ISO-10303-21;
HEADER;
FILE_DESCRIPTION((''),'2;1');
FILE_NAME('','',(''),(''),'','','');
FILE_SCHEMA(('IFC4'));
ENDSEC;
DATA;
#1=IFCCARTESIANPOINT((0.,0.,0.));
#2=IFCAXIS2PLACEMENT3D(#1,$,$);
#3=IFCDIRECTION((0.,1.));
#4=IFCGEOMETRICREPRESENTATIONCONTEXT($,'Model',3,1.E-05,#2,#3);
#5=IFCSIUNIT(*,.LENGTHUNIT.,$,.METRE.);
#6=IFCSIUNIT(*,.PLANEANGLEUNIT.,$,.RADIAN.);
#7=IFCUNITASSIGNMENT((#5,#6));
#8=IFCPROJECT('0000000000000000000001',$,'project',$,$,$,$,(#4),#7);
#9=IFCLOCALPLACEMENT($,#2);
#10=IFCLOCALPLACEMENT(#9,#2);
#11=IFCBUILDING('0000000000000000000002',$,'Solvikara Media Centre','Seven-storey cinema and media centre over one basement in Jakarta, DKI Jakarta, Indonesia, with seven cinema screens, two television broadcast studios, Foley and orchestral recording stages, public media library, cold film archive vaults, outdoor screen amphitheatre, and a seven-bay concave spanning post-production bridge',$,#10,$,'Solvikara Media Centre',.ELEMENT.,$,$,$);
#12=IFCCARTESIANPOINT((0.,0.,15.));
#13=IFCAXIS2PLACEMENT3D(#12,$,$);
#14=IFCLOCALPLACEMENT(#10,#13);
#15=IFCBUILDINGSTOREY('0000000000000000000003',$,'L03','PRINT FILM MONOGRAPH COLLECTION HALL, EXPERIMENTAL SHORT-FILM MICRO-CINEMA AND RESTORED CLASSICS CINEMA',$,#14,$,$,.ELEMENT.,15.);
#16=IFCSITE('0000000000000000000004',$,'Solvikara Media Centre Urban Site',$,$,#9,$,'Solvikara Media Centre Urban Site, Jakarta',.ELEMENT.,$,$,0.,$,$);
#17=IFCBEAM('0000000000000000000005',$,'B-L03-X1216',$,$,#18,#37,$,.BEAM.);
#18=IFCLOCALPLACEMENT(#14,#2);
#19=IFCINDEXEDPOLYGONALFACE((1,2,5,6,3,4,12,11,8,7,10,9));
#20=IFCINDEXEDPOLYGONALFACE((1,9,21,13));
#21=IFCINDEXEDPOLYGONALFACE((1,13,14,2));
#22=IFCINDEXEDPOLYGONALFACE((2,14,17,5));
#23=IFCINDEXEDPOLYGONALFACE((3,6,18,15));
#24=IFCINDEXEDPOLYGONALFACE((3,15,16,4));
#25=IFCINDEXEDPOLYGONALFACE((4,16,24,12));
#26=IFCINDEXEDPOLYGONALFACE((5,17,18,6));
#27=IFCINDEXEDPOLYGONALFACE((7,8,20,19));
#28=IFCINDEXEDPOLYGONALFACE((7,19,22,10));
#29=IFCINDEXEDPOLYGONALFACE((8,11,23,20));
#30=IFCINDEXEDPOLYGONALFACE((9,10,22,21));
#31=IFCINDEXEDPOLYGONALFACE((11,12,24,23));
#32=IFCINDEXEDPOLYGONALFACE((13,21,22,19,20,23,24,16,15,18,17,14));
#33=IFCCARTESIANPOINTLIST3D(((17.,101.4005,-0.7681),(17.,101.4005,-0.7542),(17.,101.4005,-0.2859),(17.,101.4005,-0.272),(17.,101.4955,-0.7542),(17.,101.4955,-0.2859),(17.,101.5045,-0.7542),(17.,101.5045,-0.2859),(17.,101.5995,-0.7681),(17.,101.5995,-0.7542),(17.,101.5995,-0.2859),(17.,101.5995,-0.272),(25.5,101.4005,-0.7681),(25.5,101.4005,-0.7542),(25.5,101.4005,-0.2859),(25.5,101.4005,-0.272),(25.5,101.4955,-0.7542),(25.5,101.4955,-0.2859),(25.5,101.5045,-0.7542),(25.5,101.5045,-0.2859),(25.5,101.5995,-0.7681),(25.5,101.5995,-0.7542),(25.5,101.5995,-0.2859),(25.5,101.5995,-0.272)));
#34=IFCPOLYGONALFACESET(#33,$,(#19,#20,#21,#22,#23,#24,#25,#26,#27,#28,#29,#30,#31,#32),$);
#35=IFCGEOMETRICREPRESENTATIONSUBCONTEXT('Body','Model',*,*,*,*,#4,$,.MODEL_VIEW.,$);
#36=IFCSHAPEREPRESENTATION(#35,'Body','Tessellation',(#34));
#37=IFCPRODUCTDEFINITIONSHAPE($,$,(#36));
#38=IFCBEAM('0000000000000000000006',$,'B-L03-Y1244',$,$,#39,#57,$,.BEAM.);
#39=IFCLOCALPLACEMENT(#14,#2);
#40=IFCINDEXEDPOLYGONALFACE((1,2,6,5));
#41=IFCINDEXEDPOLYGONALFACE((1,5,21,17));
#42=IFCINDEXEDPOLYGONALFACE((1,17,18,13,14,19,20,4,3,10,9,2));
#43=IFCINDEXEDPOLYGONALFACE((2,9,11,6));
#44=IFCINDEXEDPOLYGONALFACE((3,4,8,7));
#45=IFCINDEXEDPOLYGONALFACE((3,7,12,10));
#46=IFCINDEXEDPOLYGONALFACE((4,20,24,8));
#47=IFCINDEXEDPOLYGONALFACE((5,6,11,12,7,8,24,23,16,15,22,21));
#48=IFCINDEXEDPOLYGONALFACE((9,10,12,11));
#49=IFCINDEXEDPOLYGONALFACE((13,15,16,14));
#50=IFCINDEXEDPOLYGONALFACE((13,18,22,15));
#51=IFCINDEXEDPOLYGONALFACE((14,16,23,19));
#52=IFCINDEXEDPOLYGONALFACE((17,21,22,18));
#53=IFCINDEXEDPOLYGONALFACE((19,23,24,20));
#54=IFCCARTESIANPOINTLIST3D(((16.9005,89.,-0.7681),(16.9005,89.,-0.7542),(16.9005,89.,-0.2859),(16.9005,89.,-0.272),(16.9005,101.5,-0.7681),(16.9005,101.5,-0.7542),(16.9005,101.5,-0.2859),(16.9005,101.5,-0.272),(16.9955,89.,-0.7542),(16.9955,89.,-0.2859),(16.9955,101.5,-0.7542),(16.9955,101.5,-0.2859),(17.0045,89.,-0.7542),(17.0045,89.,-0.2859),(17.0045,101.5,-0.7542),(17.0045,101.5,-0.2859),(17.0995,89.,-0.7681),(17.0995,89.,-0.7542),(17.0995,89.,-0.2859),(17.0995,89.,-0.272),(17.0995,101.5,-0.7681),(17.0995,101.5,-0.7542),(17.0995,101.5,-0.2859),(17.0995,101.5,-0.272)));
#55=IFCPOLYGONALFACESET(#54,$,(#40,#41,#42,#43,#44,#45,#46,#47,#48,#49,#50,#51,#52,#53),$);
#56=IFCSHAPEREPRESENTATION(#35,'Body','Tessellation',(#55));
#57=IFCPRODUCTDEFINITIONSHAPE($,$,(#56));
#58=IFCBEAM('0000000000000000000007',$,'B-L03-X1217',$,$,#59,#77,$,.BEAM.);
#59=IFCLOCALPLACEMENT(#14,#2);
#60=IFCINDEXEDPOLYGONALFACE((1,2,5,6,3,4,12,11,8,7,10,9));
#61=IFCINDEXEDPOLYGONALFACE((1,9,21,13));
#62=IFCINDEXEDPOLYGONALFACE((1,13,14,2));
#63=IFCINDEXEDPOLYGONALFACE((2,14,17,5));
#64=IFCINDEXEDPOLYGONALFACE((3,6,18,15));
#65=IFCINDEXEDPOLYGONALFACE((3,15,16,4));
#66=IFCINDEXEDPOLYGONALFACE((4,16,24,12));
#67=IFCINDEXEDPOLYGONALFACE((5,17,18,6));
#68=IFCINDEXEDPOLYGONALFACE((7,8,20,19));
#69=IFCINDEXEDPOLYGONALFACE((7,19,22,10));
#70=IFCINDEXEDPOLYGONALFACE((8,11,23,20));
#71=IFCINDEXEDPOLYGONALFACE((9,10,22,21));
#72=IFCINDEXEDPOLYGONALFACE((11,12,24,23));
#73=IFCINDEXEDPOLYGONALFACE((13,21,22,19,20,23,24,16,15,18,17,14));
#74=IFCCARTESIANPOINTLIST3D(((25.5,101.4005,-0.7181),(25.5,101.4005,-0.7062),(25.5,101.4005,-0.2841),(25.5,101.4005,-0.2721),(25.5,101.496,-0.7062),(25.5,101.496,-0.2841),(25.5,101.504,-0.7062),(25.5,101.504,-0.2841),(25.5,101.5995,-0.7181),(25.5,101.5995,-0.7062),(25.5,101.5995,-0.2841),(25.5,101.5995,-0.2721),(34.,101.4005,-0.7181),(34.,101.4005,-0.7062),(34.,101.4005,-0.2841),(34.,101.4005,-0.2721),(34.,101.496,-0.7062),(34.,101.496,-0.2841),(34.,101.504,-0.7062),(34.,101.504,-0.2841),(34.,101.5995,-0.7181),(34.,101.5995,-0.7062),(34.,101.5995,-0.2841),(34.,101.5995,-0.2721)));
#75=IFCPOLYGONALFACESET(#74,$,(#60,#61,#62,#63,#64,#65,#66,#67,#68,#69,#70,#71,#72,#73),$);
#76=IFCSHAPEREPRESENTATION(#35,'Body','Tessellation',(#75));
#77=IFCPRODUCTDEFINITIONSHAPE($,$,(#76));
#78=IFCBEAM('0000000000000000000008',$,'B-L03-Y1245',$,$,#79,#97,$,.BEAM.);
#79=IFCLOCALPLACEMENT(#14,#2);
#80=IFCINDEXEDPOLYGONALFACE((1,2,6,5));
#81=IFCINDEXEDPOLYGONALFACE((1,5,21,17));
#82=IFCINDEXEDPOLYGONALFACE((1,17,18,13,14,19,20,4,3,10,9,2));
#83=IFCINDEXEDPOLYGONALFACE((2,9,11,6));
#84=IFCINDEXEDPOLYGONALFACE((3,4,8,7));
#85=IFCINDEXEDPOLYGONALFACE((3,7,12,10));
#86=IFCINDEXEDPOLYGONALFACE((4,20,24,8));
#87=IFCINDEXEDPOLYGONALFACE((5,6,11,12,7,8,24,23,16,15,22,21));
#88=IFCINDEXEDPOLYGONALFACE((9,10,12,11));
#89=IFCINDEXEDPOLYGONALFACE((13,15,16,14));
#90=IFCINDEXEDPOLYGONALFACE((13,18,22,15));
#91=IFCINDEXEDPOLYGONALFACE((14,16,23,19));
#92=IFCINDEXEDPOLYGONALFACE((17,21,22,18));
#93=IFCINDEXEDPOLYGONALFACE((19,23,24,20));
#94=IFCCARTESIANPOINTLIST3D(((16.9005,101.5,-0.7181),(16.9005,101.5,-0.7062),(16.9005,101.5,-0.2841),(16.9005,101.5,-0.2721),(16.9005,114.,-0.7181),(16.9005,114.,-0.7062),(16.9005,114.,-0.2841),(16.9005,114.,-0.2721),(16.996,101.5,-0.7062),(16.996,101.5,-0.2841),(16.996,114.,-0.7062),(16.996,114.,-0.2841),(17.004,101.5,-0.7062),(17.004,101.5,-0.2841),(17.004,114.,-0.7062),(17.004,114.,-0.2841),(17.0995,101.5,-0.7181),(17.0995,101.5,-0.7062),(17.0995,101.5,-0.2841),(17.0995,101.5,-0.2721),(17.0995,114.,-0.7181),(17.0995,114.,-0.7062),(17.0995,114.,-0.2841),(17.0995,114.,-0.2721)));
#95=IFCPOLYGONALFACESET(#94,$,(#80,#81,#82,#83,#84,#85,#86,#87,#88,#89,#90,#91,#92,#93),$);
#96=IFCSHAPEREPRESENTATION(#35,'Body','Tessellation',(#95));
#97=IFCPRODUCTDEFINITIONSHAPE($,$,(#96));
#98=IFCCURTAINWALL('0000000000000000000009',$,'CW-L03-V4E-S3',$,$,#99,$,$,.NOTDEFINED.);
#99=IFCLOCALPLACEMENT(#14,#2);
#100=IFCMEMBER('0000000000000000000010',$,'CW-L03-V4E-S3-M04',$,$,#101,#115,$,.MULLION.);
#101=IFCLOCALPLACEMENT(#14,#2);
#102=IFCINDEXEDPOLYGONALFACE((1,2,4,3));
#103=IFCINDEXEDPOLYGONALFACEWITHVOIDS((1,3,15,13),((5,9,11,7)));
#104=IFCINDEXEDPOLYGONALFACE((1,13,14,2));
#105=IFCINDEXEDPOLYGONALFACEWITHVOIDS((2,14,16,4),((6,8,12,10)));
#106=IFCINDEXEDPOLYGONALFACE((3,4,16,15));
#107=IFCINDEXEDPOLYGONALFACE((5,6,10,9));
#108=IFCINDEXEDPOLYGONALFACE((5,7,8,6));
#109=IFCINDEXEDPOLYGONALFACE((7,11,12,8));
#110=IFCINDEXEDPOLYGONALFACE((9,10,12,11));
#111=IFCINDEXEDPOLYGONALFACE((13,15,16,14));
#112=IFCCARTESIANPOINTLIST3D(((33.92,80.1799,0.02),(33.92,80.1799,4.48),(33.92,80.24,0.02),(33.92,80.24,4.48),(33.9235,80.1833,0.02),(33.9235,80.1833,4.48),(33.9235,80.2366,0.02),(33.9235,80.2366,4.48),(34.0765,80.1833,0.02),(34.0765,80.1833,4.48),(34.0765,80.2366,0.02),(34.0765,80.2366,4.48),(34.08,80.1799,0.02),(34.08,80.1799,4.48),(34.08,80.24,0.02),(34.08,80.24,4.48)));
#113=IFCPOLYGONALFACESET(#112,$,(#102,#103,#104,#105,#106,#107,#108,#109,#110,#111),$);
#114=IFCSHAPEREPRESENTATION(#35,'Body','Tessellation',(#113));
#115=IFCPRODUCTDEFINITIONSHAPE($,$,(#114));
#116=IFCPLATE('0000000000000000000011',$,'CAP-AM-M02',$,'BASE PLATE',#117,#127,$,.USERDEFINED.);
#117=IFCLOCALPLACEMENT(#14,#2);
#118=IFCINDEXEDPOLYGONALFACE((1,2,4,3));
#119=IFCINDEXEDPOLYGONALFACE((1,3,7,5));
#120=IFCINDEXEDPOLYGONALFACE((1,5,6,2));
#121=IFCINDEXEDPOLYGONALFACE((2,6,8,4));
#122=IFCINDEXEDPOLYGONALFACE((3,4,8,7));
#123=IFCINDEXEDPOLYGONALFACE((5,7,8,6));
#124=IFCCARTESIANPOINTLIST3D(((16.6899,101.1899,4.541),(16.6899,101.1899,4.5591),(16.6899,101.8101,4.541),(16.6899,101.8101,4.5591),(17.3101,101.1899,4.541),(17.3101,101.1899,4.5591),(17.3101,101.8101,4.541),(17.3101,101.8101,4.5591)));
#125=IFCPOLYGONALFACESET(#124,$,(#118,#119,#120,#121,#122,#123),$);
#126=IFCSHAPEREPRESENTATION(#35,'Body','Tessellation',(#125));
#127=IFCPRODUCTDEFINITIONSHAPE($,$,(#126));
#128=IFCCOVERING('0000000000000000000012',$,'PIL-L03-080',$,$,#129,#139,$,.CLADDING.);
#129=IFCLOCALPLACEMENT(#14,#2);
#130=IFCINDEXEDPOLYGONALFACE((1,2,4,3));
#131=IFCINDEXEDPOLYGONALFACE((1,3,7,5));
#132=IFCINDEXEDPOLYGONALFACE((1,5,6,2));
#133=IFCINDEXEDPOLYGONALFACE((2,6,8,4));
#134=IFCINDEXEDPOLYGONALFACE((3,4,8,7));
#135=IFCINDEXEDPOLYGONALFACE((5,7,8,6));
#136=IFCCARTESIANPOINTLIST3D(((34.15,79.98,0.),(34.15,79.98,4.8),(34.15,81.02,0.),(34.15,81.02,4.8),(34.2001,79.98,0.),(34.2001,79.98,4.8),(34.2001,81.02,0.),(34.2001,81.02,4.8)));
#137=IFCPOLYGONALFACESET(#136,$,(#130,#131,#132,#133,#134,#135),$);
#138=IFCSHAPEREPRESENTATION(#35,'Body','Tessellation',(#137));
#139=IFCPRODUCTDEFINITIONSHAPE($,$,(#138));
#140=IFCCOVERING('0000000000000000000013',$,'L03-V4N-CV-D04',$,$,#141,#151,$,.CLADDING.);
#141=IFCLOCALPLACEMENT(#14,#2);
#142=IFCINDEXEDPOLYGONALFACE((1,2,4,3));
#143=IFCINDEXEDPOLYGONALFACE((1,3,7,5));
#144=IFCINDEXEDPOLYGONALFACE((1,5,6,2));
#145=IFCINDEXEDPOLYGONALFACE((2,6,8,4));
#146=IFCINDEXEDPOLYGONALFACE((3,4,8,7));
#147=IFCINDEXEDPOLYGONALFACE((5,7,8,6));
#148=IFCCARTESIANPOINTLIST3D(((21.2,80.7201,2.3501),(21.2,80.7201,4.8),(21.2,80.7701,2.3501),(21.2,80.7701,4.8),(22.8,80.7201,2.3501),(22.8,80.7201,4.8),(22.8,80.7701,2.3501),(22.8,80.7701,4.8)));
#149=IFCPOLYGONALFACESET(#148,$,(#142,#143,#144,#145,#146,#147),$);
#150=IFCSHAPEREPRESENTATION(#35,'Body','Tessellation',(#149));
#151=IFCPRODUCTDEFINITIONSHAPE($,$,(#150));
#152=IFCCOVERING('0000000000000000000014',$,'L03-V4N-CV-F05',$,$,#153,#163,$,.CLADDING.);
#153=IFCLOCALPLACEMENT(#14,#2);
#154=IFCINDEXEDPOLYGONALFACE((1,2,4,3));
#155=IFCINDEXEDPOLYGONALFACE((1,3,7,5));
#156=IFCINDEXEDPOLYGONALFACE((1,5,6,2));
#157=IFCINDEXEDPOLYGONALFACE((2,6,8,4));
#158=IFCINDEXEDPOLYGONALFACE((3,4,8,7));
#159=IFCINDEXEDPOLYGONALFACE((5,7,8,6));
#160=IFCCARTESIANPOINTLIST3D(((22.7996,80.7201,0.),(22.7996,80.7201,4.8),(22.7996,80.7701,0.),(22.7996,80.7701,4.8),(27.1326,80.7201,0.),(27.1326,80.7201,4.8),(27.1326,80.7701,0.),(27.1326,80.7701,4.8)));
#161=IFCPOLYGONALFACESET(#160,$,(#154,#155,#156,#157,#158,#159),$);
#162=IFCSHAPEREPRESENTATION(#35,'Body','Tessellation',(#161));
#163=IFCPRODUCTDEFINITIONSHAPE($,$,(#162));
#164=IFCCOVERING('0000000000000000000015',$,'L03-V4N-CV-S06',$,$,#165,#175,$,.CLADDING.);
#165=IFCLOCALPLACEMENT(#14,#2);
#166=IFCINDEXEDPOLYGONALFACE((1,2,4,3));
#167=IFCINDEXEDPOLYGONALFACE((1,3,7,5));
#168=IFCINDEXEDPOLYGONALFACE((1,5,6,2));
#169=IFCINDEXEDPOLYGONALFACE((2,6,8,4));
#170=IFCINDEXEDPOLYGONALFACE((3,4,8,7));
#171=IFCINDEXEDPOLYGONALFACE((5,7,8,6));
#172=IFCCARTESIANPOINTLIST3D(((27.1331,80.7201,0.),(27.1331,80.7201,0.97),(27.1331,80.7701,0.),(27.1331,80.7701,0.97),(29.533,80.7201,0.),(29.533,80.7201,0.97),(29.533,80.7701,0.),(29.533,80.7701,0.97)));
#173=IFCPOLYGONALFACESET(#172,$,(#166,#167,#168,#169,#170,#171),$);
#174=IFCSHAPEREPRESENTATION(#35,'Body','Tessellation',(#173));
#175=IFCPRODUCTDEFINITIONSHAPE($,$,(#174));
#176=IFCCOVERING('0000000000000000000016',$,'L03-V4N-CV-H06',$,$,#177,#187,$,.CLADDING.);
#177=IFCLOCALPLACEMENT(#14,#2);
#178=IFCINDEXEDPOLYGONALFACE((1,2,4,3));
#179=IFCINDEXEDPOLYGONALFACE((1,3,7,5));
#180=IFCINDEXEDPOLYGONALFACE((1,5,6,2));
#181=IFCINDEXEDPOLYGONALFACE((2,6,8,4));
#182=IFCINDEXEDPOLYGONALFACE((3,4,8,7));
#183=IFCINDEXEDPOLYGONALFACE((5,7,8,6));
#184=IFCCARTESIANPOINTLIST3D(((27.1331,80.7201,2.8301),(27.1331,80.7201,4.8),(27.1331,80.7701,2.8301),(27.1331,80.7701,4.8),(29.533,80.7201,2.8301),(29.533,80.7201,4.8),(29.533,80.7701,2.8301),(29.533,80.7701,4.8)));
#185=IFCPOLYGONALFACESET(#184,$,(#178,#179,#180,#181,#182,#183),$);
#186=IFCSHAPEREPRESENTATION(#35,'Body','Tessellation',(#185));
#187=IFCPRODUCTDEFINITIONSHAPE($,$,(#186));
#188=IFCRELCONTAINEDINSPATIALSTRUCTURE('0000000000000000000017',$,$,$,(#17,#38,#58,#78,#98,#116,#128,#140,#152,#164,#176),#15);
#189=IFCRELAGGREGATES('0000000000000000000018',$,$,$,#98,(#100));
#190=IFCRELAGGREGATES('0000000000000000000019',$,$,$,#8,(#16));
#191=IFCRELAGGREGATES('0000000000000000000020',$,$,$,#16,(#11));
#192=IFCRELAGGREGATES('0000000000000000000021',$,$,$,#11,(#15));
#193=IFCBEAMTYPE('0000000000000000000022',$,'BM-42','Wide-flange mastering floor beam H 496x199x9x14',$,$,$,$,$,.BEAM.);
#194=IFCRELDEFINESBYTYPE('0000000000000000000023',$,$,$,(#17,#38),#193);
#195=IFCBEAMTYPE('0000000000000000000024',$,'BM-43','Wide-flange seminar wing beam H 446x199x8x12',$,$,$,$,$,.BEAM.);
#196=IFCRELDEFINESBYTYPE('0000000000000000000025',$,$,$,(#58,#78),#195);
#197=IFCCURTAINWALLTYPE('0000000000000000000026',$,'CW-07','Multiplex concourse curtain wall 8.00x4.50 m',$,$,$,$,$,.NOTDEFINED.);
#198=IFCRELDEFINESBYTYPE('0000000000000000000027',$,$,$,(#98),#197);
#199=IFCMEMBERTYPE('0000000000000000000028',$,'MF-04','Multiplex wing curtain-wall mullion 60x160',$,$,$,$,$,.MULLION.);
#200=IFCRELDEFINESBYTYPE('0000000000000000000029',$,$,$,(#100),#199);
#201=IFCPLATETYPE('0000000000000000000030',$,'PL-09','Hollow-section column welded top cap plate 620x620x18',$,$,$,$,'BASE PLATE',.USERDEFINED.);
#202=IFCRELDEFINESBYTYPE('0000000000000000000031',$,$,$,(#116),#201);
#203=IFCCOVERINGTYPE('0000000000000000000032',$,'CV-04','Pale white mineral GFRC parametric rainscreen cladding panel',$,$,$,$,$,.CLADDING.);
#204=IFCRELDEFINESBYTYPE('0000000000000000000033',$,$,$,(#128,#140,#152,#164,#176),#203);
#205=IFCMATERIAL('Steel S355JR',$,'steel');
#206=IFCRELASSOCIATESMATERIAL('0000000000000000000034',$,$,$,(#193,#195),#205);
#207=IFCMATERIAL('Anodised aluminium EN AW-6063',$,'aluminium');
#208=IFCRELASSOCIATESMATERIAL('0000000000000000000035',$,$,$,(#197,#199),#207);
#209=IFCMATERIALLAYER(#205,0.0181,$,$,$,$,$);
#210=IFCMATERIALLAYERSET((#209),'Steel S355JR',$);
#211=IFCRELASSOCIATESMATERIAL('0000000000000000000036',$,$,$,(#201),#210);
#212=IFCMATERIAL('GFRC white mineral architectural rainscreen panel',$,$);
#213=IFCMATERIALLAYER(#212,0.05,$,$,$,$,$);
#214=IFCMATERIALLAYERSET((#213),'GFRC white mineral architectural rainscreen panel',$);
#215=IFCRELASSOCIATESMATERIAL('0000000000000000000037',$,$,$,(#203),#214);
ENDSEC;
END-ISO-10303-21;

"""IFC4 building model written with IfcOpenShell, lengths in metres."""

from ifc_helpers import new_model, si_unit, direction, frame, origin, origin_2d, place, context, subcontext, project, spatial, rectangle, hollow_rectangle, i_section, extrude, material, layer, layer_set, material_profile, profile_set, type_object, element, aggregate, save


model = new_model("IFC4")

# Units and contexts
model_context = context("Model", 3, precision=1e-05, world=origin(), true_north=direction((0.0, 1.0)))
body_context = subcontext(model_context, "Body", "Model", "MODEL_VIEW")
ifc_project = project(units=[si_unit("LENGTHUNIT", "METRE"), si_unit("PLANEANGLEUNIT", "RADIAN")], contexts=[model_context])

# Site, building, storey
site_placement = place(None, origin())
site = spatial("IfcSite", under=ifc_project, at=site_placement, Name="Solvikara Media Centre Urban Site", LongName="Solvikara Media Centre Urban Site, Jakarta", CompositionType="ELEMENT", RefElevation=0.0)
building_placement = place(site_placement, origin())
building = spatial("IfcBuilding", under=site, at=building_placement, Name="Solvikara Media Centre", Description="Seven-storey cinema and media centre over one basement in Jakarta, DKI Jakarta, Indonesia, with seven cinema screens, two television broadcast studios, Foley and orchestral recording stages, public media library, cold film archive vaults, outdoor screen amphitheatre, and a seven-bay concave spanning post-production bridge", LongName="Solvikara Media Centre", CompositionType="ELEMENT")
storey_placement = place(building_placement, frame((0.0, 0.0, 15.0)))
storey = spatial("IfcBuildingStorey", under=building, at=storey_placement, Name="L03", Description="PRINT FILM MONOGRAPH COLLECTION HALL, EXPERIMENTAL SHORT-FILM MICRO-CINEMA AND RESTORED CLASSICS CINEMA", CompositionType="ELEMENT", Elevation=15.0)

# Shared definitions
ifc_material_1 = material(Name="Steel S355JR", Category="steel")

# Beams
ifc_material_profile_1 = material_profile(ifc_material_1, i_section(OverallWidth=0.199, OverallDepth=0.4961, WebThickness=0.009, FlangeThickness=0.0139, at=origin_2d()), Name="H 496x199x9x14")
ifc_profile_set_1 = profile_set([ifc_material_profile_1], Name="Steel S355JR")
beam_type_1 = type_object("IfcBeamType", Name="BM-42", Description="Wide-flange mastering floor beam H 496x199x9x14", PredefinedType="BEAM", material=ifc_profile_set_1)
beam_1_placement = place(storey_placement, frame((17.0, 101.5, -0.52), z_axis=(1.0, 0.0, 0.0), x_axis=(0.0, 1.0, 0.0)))
element("IfcBeam", 1, at=beam_1_placement, inside=storey, type_object=beam_type_1, Name="B-L03-X1216", PredefinedType="BEAM", context=body_context, shape_type="SweptSolid", body=[
    extrude(i_section(OverallWidth=0.199, OverallDepth=0.4961, WebThickness=0.009, FlangeThickness=0.0139, at=origin_2d()), origin(), (0.0, 0.0, 1.0), 8.5),
])
beam_2_placement = place(storey_placement, frame((17.0, 89.0, -0.52), z_axis=(0.0, 1.0, 0.0), x_axis=(-1.0, 0.0, 0.0)))
element("IfcBeam", 2, at=beam_2_placement, inside=storey, type_object=beam_type_1, Name="B-L03-Y1244", PredefinedType="BEAM", context=body_context, shape_type="SweptSolid", body=[
    extrude(i_section(OverallWidth=0.199, OverallDepth=0.4961, WebThickness=0.009, FlangeThickness=0.0139, at=origin_2d()), origin(), (0.0, 0.0, 1.0), 12.5),
])
ifc_material_profile_2 = material_profile(ifc_material_1, i_section(OverallWidth=0.199, OverallDepth=0.446, WebThickness=0.0081, FlangeThickness=0.012, at=origin_2d()), Name="H 446x199x8x12")
ifc_profile_set_2 = profile_set([ifc_material_profile_2], Name="Steel S355JR")
beam_type_2 = type_object("IfcBeamType", Name="BM-43", Description="Wide-flange seminar wing beam H 446x199x8x12", PredefinedType="BEAM", material=ifc_profile_set_2)
beam_3_placement = place(storey_placement, frame((25.5, 101.5, -0.4951), z_axis=(1.0, 0.0, 0.0), x_axis=(0.0, 1.0, 0.0)))
element("IfcBeam", 3, at=beam_3_placement, inside=storey, type_object=beam_type_2, Name="B-L03-X1217", PredefinedType="BEAM", context=body_context, shape_type="SweptSolid", body=[
    extrude(i_section(OverallWidth=0.199, OverallDepth=0.446, WebThickness=0.0081, FlangeThickness=0.012, at=origin_2d()), origin(), (0.0, 0.0, 1.0), 8.5),
])
beam_4_placement = place(storey_placement, frame((17.0, 101.5, -0.4951), z_axis=(0.0, 1.0, 0.0), x_axis=(-1.0, 0.0, 0.0)))
element("IfcBeam", 4, at=beam_4_placement, inside=storey, type_object=beam_type_2, Name="B-L03-Y1245", PredefinedType="BEAM", context=body_context, shape_type="SweptSolid", body=[
    extrude(i_section(OverallWidth=0.199, OverallDepth=0.446, WebThickness=0.0081, FlangeThickness=0.012, at=origin_2d()), origin(), (0.0, 0.0, 1.0), 12.5),
])

# Curtain wall, member
ifc_material_2 = material(Name="Anodised aluminium EN AW-6063", Category="aluminium")
curtain_wall_type = type_object("IfcCurtainWallType", Name="CW-07", Description="Multiplex concourse curtain wall 8.00x4.50 m", PredefinedType="NOTDEFINED", material=ifc_material_2)
curtain_wall_placement = place(storey_placement, origin())
curtain_wall = element("IfcCurtainWall", 5, at=curtain_wall_placement, inside=storey, type_object=curtain_wall_type, Name="CW-L03-V4E-S3", PredefinedType="NOTDEFINED")
ifc_material_profile_3 = material_profile(ifc_material_2, hollow_rectangle(XDim=0.0601, YDim=0.1599, WallThickness=0.0034, at=origin_2d()), Name="ALU-M 60x160x3.5")
ifc_profile_set_3 = profile_set([ifc_material_profile_3], Name="Anodised aluminium EN AW-6063")
member_type = type_object("IfcMemberType", Name="MF-04", Description="Multiplex wing curtain-wall mullion 60x160", PredefinedType="MULLION", material=ifc_profile_set_3)
member_placement = place(storey_placement, frame((34.0, 80.21, 0.02), z_axis=(0.0, 0.0, 1.0), x_axis=(0.0, 1.0, 0.0)))
member = element("IfcMember", 6, at=member_placement, type_object=member_type, Name="CW-L03-V4E-S3-M04", PredefinedType="MULLION", context=body_context, shape_type="SweptSolid", body=[
    extrude(hollow_rectangle(XDim=0.0601, YDim=0.1599, WallThickness=0.0034, at=origin_2d()), origin(), (0.0, 0.0, 1.0), 4.46),
])
aggregate(curtain_wall, [member])

# Plate
ifc_layer_1 = layer(ifc_material_1, 0.0181)
ifc_layer_set_1 = layer_set([ifc_layer_1], Name="Steel S355JR")
plate_type = type_object("IfcPlateType", Name="PL-09", Description="Hollow-section column welded top cap plate 620x620x18", ElementType="BASE PLATE", PredefinedType="USERDEFINED", material=ifc_layer_set_1)
plate_placement = place(storey_placement, frame((17.0, 101.5, 4.541), z_axis=(0.0, 0.0, 1.0), x_axis=(1.0, 0.0, 0.0)))
element("IfcPlate", 7, at=plate_placement, inside=storey, type_object=plate_type, Name="CAP-AM-M02", ObjectType="BASE PLATE", PredefinedType="USERDEFINED", context=body_context, shape_type="SweptSolid", body=[
    extrude(rectangle(XDim=0.6201, YDim=0.6201, at=origin_2d()), origin(), (0.0, 0.0, 1.0), 0.0181),
])

# Coverings
ifc_material_3 = material(Name="GFRC white mineral architectural rainscreen panel")
ifc_layer_2 = layer(ifc_material_3, 0.05)
ifc_layer_set_2 = layer_set([ifc_layer_2], Name="GFRC white mineral architectural rainscreen panel")
covering_type = type_object("IfcCoveringType", Name="CV-04", Description="Pale white mineral GFRC parametric rainscreen cladding panel", PredefinedType="CLADDING", material=ifc_layer_set_2)
covering_1_placement = place(storey_placement, frame((34.175, 80.5, 0.0), z_axis=(0.0, 0.0, 1.0), x_axis=(0.0, 1.0, 0.0)))
element("IfcCovering", 8, at=covering_1_placement, inside=storey, type_object=covering_type, Name="PIL-L03-080", PredefinedType="CLADDING", context=body_context, shape_type="SweptSolid", body=[
    extrude(rectangle(XDim=1.04, YDim=0.05, at=origin_2d()), origin(), (0.0, 0.0, 1.0), 4.8),
])
covering_2_placement = place(storey_placement, frame((22.0, 80.7451, 2.3501), z_axis=(0.0, 0.0, 1.0), x_axis=(1.0, 0.0, 0.0)))
element("IfcCovering", 9, at=covering_2_placement, inside=storey, type_object=covering_type, Name="L03-V4N-CV-D04", PredefinedType="CLADDING", context=body_context, shape_type="SweptSolid", body=[
    extrude(rectangle(XDim=1.6001, YDim=0.05, at=origin_2d()), origin(), (0.0, 0.0, 1.0), 2.45),
])
covering_3_placement = place(storey_placement, frame((24.9661, 80.7451, 0.0), z_axis=(0.0, 0.0, 1.0), x_axis=(1.0, 0.0, 0.0)))
element("IfcCovering", 10, at=covering_3_placement, inside=storey, type_object=covering_type, Name="L03-V4N-CV-F05", PredefinedType="CLADDING", context=body_context, shape_type="SweptSolid", body=[
    extrude(rectangle(XDim=4.333, YDim=0.05, at=origin_2d()), origin(), (0.0, 0.0, 1.0), 4.8),
])
covering_4_placement = place(storey_placement, frame((28.333, 80.7451, 0.0), z_axis=(0.0, 0.0, 1.0), x_axis=(1.0, 0.0, 0.0)))
element("IfcCovering", 11, at=covering_4_placement, inside=storey, type_object=covering_type, Name="L03-V4N-CV-S06", PredefinedType="CLADDING", context=body_context, shape_type="SweptSolid", body=[
    extrude(rectangle(XDim=2.3999, YDim=0.05, at=origin_2d()), origin(), (0.0, 0.0, 1.0), 0.97),
])
covering_5_placement = place(storey_placement, frame((28.333, 80.7451, 2.8301), z_axis=(0.0, 0.0, 1.0), x_axis=(1.0, 0.0, 0.0)))
element("IfcCovering", 12, at=covering_5_placement, inside=storey, type_object=covering_type, Name="L03-V4N-CV-H06", PredefinedType="CLADDING", context=body_context, shape_type="SweptSolid", body=[
    extrude(rectangle(XDim=2.3999, YDim=0.05, at=origin_2d()), origin(), (0.0, 0.0, 1.0), 1.97),
])

save(model, "model.ifc")
